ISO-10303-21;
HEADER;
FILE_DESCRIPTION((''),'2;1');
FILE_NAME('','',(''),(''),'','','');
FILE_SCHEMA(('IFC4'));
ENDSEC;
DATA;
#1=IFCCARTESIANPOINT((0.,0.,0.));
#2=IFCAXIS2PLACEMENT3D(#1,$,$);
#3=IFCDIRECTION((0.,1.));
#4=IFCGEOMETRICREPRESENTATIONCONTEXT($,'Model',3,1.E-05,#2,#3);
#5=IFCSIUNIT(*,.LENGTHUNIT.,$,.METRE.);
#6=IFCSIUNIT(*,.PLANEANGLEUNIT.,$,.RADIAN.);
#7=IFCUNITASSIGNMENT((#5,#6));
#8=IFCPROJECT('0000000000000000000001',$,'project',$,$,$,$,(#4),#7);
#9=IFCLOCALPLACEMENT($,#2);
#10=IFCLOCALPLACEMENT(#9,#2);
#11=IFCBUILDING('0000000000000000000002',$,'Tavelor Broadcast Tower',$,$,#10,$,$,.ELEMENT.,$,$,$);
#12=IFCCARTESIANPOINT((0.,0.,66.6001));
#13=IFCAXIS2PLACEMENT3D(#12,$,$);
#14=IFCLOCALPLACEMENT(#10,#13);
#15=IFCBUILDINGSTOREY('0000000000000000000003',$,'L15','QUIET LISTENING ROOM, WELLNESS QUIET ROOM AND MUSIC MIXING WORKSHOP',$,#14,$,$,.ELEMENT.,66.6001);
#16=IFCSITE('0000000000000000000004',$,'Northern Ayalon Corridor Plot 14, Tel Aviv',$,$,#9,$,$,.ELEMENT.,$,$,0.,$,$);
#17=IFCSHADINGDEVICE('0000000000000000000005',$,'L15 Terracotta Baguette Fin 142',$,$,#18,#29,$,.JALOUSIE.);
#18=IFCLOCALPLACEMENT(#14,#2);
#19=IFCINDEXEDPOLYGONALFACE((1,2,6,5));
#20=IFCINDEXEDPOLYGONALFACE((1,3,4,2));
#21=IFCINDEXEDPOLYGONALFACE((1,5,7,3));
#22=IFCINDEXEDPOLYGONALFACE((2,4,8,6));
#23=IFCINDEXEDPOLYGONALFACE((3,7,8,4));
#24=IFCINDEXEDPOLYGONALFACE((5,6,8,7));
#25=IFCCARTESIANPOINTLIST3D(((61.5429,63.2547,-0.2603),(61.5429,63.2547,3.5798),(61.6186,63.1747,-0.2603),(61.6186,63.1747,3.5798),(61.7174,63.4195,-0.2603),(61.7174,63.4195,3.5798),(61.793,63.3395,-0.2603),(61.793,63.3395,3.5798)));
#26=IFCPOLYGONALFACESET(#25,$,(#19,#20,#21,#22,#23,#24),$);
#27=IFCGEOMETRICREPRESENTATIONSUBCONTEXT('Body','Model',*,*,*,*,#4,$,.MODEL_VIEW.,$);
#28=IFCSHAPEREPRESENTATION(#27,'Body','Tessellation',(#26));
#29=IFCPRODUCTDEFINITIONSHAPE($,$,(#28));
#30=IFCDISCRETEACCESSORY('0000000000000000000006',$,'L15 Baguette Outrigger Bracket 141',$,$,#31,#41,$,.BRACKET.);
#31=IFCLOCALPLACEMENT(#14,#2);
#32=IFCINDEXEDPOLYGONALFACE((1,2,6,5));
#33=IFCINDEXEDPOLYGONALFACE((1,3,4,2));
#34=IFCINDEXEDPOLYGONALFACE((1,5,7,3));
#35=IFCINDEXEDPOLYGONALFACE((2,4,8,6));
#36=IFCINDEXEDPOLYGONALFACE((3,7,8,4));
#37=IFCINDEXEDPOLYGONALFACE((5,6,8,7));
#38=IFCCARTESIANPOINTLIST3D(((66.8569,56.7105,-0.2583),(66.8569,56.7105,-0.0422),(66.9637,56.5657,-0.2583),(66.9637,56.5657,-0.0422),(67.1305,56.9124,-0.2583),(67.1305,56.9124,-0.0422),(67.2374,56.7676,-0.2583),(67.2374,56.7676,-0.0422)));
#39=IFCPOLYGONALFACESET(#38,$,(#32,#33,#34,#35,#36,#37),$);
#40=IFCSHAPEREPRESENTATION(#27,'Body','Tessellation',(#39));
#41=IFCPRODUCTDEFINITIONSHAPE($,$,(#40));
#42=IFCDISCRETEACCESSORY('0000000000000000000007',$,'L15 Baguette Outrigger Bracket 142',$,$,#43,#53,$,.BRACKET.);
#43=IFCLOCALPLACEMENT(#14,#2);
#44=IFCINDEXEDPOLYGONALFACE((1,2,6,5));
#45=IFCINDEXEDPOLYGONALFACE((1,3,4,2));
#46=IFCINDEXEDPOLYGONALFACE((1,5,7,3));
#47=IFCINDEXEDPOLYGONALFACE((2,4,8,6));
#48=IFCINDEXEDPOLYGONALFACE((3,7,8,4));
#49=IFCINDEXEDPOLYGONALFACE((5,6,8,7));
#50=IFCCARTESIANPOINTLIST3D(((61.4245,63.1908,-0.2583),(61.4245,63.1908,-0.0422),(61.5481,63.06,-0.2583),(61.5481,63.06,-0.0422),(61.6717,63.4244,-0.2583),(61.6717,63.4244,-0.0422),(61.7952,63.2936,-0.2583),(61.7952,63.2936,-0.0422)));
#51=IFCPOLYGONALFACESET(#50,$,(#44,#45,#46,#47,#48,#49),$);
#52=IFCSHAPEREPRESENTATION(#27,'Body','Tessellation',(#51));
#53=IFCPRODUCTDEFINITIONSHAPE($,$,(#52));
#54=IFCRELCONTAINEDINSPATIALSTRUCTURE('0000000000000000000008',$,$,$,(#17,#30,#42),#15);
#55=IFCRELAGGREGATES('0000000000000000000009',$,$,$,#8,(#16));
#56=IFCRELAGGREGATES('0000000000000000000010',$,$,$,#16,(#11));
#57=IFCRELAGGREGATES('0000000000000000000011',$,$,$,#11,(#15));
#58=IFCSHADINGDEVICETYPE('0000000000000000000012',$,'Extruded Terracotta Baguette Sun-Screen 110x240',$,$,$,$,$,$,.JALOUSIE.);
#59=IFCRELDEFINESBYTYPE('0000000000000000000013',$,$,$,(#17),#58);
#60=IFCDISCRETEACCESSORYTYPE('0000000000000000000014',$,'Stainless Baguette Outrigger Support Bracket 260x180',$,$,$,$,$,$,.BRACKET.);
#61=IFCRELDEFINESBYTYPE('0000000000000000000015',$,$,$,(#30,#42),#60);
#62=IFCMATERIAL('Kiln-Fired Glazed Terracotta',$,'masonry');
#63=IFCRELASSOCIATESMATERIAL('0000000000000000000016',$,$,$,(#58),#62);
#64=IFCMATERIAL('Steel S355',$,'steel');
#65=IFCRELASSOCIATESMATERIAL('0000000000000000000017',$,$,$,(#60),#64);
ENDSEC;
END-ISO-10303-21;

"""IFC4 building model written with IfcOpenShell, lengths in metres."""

from ifc_helpers import new_model, si_unit, direction, frame, origin, origin_2d, place, context, subcontext, project, spatial, rectangle, extrude, source, transform, mapped, material, type_object, type_shapes, element, save


model = new_model("IFC4")

# Units and contexts
model_context = context("Model", 3, precision=1e-05, world=origin(), true_north=direction((0.0, 1.0)))
body_context = subcontext(model_context, "Body", "Model", "MODEL_VIEW")
ifc_project = project(units=[si_unit("LENGTHUNIT", "METRE"), si_unit("PLANEANGLEUNIT", "RADIAN")], contexts=[model_context])

# Site, building, storey
site_placement = place(None, origin())
site = spatial("IfcSite", under=ifc_project, at=site_placement, Name="Northern Ayalon Corridor Plot 14, Tel Aviv", CompositionType="ELEMENT", RefElevation=0.0)
building_placement = place(site_placement, origin())
building = spatial("IfcBuilding", under=site, at=building_placement, Name="Tavelor Broadcast Tower", CompositionType="ELEMENT")
storey_placement = place(building_placement, frame((0.0, 0.0, 66.6001)))
storey = spatial("IfcBuildingStorey", under=building, at=storey_placement, Name="L15", Description="QUIET LISTENING ROOM, WELLNESS QUIET ROOM AND MUSIC MIXING WORKSHOP", CompositionType="ELEMENT", Elevation=66.6001)

# Shared definitions
ifc_material_1 = material(Name="Steel S355", Category="steel")

# Shading device
ifc_material_2 = material(Name="Kiln-Fired Glazed Terracotta", Category="masonry")
shading_device_type = type_object("IfcShadingDeviceType", Name="Extruded Terracotta Baguette Sun-Screen 110x240", PredefinedType="JALOUSIE", material=ifc_material_2)
shared_shape_1 = source(origin(), body_context, "Body", "SweptSolid", [
    extrude(rectangle(XDim=0.1101, YDim=0.24, at=origin_2d()), origin(), (0.0, 0.0, 1.0), 3.8401),
])
type_shapes(shading_device_type, [shared_shape_1])
for number, where, z_axis, x_axis, name in (
    (1, (61.668, 63.2971, -0.2603), (0.0, 0.0, 1.0), (-0.686834, 0.726814, 0.0), "L15 Terracotta Baguette Fin 142"),
):
    element("IfcShadingDevice", number, at=place(storey_placement, frame(where, z_axis=z_axis, x_axis=x_axis)), inside=storey, type_object=shading_device_type, Name=name, PredefinedType="JALOUSIE", context=body_context, shape_type="MappedRepresentation", body=[
        mapped(shared_shape_1, transform((0.0, 0.0, 0.0), scale=1.0)),
    ])

# Discrete accessories
discrete_accessory_type = type_object("IfcDiscreteAccessoryType", Name="Stainless Baguette Outrigger Support Bracket 260x180", PredefinedType="BRACKET", material=ifc_material_1)
shared_shape_2 = source(origin(), body_context, "Body", "SweptSolid", [
    extrude(rectangle(XDim=0.1799, YDim=0.3401, at=origin_2d()), origin(), (0.0, 0.0, 1.0), 0.2161),
])
type_shapes(discrete_accessory_type, [shared_shape_2])
for number, where, z_axis, x_axis, name in (
    (2, (67.0471, 56.739, -0.2583), (0.0, 0.0, 1.0), (-0.5937, 0.804687, 0.0), "L15 Baguette Outrigger Bracket 141"),
    (3, (61.6099, 63.2422, -0.2583), (0.0, 0.0, 1.0), (-0.686834, 0.726814, 0.0), "L15 Baguette Outrigger Bracket 142"),
):
    element("IfcDiscreteAccessory", number, at=place(storey_placement, frame(where, z_axis=z_axis, x_axis=x_axis)), inside=storey, type_object=discrete_accessory_type, Name=name, PredefinedType="BRACKET", context=body_context, shape_type="MappedRepresentation", body=[
        mapped(shared_shape_2, transform((0.0, 0.0, 0.0), scale=1.0)),
    ])

save(model, "model.ifc")
